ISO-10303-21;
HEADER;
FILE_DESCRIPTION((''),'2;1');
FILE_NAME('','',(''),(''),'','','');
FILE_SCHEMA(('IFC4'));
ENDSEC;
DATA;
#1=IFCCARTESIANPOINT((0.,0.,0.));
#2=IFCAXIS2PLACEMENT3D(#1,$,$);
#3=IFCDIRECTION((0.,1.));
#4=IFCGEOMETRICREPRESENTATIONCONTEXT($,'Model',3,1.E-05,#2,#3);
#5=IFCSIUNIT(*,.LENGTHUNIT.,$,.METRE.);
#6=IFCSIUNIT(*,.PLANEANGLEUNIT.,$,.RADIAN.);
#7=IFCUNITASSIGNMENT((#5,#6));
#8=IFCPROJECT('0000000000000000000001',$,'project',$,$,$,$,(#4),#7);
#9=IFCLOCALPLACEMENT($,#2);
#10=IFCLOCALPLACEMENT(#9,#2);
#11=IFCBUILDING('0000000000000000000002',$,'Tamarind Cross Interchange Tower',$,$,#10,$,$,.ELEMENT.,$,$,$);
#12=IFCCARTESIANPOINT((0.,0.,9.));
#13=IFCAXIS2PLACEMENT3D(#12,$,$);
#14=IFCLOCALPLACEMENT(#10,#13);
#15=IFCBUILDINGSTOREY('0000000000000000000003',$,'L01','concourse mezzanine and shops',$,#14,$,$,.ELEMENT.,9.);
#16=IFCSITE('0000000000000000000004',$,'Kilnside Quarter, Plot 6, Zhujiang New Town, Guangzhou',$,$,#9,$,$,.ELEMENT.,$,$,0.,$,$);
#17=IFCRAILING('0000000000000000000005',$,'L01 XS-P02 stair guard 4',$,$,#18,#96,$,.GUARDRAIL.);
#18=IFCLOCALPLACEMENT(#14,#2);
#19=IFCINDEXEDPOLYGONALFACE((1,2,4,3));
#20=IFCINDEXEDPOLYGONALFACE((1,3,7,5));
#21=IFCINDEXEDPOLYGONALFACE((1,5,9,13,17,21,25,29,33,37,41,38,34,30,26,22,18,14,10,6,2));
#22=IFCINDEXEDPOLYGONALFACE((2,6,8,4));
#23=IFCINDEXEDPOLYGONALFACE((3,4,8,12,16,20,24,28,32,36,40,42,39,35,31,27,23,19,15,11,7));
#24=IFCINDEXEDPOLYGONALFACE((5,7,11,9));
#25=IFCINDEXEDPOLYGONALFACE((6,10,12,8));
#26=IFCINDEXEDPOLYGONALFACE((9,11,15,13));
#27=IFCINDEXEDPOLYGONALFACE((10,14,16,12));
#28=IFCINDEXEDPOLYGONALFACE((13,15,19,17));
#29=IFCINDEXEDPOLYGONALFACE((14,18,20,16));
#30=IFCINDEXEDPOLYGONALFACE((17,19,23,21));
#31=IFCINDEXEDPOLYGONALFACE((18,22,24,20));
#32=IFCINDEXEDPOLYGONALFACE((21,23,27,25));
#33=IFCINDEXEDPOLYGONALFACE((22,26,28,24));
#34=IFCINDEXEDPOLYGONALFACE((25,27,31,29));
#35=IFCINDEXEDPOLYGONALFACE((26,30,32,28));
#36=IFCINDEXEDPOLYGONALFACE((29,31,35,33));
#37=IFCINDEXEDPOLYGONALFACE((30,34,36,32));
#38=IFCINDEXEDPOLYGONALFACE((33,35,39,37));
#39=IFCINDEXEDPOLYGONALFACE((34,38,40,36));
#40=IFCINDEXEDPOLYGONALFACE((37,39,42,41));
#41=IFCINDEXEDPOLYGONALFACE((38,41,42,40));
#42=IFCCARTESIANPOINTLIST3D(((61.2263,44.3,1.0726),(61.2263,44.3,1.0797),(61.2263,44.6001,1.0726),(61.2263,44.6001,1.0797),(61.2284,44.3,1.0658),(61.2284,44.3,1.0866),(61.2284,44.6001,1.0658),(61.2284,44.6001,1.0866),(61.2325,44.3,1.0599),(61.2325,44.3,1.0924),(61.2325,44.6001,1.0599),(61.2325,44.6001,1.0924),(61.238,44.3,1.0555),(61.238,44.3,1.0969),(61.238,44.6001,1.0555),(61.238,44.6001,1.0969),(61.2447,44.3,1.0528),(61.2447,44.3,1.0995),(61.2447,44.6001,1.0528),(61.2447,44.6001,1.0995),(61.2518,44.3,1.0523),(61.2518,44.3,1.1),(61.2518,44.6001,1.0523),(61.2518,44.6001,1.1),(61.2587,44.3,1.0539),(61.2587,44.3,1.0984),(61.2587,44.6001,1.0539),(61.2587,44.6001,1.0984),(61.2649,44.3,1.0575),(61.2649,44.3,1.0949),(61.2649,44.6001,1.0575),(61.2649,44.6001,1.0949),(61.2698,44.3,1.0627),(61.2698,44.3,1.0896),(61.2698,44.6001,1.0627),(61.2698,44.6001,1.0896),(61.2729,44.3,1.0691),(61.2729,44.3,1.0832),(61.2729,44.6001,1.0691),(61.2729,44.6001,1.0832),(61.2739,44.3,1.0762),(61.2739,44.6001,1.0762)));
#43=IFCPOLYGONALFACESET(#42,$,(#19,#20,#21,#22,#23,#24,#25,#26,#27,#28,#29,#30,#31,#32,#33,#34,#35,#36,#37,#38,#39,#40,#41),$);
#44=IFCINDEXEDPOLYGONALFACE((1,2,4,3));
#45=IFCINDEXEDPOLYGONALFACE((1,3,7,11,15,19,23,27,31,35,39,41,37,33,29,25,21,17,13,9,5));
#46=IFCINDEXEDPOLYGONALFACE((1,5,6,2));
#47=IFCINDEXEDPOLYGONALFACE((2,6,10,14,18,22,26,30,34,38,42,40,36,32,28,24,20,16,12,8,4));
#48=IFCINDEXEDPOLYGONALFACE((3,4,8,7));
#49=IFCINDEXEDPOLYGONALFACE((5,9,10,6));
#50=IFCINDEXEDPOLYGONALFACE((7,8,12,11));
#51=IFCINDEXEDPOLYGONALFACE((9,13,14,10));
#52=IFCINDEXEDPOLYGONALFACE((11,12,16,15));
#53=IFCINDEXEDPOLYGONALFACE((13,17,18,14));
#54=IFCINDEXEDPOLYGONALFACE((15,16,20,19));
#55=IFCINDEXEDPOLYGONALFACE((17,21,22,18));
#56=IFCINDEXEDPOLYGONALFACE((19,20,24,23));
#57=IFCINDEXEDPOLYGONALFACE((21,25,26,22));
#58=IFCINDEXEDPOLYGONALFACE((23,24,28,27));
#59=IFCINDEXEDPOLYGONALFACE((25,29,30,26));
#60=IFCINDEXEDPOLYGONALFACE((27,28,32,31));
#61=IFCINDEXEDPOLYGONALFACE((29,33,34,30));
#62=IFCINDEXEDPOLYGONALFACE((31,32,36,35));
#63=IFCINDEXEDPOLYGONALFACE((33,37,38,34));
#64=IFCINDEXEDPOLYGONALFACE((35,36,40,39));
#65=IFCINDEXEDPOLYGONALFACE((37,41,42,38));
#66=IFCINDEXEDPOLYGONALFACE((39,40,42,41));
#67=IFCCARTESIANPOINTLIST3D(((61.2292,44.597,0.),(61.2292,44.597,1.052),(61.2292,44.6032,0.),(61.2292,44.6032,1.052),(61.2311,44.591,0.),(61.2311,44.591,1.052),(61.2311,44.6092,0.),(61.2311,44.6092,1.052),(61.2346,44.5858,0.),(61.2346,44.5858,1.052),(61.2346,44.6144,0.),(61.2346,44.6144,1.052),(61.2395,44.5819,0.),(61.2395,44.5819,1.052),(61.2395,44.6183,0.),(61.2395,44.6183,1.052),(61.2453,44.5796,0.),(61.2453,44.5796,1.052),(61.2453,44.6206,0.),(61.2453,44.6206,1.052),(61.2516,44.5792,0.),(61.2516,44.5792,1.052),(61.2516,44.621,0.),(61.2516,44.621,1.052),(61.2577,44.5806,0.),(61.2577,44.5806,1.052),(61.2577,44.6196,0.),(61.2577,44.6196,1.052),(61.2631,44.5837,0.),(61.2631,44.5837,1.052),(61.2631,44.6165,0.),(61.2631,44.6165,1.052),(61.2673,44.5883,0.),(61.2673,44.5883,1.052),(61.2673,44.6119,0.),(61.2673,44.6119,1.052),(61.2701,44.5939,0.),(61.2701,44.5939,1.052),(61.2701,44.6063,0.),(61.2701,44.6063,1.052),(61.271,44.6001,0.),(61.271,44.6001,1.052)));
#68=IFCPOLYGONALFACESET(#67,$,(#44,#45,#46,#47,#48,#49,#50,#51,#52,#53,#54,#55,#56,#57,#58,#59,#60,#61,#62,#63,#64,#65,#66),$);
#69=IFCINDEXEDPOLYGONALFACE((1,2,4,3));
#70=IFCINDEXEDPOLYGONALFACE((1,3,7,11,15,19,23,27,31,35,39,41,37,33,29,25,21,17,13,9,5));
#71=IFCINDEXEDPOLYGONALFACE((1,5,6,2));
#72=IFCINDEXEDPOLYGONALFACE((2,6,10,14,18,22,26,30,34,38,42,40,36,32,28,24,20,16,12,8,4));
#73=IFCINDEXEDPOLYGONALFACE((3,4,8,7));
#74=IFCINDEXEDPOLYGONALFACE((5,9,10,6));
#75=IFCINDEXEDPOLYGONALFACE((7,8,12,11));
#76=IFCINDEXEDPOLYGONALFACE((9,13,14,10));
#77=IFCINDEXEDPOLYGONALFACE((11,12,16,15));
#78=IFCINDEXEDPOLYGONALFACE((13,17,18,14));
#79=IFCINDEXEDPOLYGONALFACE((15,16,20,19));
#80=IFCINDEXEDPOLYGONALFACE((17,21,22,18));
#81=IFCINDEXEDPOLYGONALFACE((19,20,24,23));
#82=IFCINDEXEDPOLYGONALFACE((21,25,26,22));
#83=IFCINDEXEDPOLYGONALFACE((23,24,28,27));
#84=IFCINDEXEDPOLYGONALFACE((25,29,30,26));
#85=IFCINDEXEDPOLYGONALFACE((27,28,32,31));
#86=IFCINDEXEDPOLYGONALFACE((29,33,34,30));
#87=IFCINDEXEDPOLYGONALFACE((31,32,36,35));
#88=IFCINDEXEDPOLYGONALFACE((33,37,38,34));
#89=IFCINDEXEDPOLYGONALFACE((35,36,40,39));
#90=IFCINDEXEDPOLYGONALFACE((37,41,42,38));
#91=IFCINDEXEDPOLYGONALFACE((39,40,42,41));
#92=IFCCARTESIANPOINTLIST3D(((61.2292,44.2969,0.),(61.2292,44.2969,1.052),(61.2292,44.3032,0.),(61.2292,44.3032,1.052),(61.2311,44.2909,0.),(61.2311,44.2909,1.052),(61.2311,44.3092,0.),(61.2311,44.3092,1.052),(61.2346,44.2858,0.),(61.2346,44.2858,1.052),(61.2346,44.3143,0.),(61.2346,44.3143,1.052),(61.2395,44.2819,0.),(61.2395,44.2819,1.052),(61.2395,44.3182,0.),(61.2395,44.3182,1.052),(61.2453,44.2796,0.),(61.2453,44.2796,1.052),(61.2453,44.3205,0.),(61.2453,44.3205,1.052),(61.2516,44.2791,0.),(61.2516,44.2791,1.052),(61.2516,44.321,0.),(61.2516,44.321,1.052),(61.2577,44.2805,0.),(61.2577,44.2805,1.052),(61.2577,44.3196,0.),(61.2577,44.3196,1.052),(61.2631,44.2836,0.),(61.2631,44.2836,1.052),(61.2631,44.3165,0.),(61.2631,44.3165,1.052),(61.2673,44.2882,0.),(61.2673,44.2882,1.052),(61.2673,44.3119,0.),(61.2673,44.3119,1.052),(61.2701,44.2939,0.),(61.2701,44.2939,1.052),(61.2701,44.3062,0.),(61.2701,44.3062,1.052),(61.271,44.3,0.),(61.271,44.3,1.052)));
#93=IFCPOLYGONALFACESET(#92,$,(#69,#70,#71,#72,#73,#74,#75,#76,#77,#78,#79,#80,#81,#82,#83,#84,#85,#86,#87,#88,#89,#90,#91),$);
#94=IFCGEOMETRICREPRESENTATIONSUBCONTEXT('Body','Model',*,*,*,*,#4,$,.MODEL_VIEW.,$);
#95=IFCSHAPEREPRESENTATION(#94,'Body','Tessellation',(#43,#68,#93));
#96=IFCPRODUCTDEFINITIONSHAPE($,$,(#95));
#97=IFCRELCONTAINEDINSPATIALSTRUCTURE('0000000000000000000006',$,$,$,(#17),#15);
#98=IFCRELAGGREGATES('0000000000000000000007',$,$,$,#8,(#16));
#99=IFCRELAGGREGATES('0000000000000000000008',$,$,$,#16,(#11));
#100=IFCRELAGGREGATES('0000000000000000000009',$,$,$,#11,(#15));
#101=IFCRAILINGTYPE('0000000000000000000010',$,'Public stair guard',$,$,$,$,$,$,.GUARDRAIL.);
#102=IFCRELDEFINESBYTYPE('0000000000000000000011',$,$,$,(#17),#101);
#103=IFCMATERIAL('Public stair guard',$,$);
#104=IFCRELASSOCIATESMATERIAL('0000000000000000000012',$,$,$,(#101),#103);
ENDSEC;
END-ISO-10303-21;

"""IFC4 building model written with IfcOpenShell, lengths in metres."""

from ifc_helpers import new_model, si_unit, direction, frame, origin, origin_2d, place, context, subcontext, project, spatial, circle, extrude, material, type_object, element, save


model = new_model("IFC4")

# Units and contexts
model_context = context("Model", 3, precision=1e-05, world=origin(), true_north=direction((0.0, 1.0)))
body_context = subcontext(model_context, "Body", "Model", "MODEL_VIEW")
ifc_project = project(units=[si_unit("LENGTHUNIT", "METRE"), si_unit("PLANEANGLEUNIT", "RADIAN")], contexts=[model_context])

# Site, building, storey
site_placement = place(None, origin())
site = spatial("IfcSite", under=ifc_project, at=site_placement, Name="Kilnside Quarter, Plot 6, Zhujiang New Town, Guangzhou", CompositionType="ELEMENT", RefElevation=0.0)
building_placement = place(site_placement, origin())
building = spatial("IfcBuilding", under=site, at=building_placement, Name="Tamarind Cross Interchange Tower", CompositionType="ELEMENT")
storey_placement = place(building_placement, frame((0.0, 0.0, 9.0)))
storey = spatial("IfcBuildingStorey", under=building, at=storey_placement, Name="L01", Description="concourse mezzanine and shops", CompositionType="ELEMENT", Elevation=9.0)

# Railing
ifc_material_1 = material(Name="Public stair guard")
railing_type_1 = type_object("IfcRailingType", Name="Public stair guard", PredefinedType="GUARDRAIL", material=ifc_material_1)
railing_1_placement = place(storey_placement, frame((61.25, 44.6001, 0.0)))
element("IfcRailing", 1, at=railing_1_placement, inside=storey, type_object=railing_type_1, Name="L01 XS-P02 stair guard 4", PredefinedType="GUARDRAIL", context=body_context, shape_type="SweptSolid", body=[
    extrude(circle(Radius=0.0239, at=origin_2d()), frame((0.0, 0.0, 1.0762), z_axis=(0.0, -1.0, 0.0), x_axis=(1.0, 0.0, 0.0)), (0.0, 0.0, 1.0), 0.3),
    extrude(circle(Radius=0.021, at=origin_2d()), origin(), (0.0, 0.0, 1.0), 1.052),
    extrude(circle(Radius=0.021, at=origin_2d()), frame((0.0, -0.3, 0.0)), (0.0, 0.0, 1.0), 1.052),
])

save(model, "model.ifc")
